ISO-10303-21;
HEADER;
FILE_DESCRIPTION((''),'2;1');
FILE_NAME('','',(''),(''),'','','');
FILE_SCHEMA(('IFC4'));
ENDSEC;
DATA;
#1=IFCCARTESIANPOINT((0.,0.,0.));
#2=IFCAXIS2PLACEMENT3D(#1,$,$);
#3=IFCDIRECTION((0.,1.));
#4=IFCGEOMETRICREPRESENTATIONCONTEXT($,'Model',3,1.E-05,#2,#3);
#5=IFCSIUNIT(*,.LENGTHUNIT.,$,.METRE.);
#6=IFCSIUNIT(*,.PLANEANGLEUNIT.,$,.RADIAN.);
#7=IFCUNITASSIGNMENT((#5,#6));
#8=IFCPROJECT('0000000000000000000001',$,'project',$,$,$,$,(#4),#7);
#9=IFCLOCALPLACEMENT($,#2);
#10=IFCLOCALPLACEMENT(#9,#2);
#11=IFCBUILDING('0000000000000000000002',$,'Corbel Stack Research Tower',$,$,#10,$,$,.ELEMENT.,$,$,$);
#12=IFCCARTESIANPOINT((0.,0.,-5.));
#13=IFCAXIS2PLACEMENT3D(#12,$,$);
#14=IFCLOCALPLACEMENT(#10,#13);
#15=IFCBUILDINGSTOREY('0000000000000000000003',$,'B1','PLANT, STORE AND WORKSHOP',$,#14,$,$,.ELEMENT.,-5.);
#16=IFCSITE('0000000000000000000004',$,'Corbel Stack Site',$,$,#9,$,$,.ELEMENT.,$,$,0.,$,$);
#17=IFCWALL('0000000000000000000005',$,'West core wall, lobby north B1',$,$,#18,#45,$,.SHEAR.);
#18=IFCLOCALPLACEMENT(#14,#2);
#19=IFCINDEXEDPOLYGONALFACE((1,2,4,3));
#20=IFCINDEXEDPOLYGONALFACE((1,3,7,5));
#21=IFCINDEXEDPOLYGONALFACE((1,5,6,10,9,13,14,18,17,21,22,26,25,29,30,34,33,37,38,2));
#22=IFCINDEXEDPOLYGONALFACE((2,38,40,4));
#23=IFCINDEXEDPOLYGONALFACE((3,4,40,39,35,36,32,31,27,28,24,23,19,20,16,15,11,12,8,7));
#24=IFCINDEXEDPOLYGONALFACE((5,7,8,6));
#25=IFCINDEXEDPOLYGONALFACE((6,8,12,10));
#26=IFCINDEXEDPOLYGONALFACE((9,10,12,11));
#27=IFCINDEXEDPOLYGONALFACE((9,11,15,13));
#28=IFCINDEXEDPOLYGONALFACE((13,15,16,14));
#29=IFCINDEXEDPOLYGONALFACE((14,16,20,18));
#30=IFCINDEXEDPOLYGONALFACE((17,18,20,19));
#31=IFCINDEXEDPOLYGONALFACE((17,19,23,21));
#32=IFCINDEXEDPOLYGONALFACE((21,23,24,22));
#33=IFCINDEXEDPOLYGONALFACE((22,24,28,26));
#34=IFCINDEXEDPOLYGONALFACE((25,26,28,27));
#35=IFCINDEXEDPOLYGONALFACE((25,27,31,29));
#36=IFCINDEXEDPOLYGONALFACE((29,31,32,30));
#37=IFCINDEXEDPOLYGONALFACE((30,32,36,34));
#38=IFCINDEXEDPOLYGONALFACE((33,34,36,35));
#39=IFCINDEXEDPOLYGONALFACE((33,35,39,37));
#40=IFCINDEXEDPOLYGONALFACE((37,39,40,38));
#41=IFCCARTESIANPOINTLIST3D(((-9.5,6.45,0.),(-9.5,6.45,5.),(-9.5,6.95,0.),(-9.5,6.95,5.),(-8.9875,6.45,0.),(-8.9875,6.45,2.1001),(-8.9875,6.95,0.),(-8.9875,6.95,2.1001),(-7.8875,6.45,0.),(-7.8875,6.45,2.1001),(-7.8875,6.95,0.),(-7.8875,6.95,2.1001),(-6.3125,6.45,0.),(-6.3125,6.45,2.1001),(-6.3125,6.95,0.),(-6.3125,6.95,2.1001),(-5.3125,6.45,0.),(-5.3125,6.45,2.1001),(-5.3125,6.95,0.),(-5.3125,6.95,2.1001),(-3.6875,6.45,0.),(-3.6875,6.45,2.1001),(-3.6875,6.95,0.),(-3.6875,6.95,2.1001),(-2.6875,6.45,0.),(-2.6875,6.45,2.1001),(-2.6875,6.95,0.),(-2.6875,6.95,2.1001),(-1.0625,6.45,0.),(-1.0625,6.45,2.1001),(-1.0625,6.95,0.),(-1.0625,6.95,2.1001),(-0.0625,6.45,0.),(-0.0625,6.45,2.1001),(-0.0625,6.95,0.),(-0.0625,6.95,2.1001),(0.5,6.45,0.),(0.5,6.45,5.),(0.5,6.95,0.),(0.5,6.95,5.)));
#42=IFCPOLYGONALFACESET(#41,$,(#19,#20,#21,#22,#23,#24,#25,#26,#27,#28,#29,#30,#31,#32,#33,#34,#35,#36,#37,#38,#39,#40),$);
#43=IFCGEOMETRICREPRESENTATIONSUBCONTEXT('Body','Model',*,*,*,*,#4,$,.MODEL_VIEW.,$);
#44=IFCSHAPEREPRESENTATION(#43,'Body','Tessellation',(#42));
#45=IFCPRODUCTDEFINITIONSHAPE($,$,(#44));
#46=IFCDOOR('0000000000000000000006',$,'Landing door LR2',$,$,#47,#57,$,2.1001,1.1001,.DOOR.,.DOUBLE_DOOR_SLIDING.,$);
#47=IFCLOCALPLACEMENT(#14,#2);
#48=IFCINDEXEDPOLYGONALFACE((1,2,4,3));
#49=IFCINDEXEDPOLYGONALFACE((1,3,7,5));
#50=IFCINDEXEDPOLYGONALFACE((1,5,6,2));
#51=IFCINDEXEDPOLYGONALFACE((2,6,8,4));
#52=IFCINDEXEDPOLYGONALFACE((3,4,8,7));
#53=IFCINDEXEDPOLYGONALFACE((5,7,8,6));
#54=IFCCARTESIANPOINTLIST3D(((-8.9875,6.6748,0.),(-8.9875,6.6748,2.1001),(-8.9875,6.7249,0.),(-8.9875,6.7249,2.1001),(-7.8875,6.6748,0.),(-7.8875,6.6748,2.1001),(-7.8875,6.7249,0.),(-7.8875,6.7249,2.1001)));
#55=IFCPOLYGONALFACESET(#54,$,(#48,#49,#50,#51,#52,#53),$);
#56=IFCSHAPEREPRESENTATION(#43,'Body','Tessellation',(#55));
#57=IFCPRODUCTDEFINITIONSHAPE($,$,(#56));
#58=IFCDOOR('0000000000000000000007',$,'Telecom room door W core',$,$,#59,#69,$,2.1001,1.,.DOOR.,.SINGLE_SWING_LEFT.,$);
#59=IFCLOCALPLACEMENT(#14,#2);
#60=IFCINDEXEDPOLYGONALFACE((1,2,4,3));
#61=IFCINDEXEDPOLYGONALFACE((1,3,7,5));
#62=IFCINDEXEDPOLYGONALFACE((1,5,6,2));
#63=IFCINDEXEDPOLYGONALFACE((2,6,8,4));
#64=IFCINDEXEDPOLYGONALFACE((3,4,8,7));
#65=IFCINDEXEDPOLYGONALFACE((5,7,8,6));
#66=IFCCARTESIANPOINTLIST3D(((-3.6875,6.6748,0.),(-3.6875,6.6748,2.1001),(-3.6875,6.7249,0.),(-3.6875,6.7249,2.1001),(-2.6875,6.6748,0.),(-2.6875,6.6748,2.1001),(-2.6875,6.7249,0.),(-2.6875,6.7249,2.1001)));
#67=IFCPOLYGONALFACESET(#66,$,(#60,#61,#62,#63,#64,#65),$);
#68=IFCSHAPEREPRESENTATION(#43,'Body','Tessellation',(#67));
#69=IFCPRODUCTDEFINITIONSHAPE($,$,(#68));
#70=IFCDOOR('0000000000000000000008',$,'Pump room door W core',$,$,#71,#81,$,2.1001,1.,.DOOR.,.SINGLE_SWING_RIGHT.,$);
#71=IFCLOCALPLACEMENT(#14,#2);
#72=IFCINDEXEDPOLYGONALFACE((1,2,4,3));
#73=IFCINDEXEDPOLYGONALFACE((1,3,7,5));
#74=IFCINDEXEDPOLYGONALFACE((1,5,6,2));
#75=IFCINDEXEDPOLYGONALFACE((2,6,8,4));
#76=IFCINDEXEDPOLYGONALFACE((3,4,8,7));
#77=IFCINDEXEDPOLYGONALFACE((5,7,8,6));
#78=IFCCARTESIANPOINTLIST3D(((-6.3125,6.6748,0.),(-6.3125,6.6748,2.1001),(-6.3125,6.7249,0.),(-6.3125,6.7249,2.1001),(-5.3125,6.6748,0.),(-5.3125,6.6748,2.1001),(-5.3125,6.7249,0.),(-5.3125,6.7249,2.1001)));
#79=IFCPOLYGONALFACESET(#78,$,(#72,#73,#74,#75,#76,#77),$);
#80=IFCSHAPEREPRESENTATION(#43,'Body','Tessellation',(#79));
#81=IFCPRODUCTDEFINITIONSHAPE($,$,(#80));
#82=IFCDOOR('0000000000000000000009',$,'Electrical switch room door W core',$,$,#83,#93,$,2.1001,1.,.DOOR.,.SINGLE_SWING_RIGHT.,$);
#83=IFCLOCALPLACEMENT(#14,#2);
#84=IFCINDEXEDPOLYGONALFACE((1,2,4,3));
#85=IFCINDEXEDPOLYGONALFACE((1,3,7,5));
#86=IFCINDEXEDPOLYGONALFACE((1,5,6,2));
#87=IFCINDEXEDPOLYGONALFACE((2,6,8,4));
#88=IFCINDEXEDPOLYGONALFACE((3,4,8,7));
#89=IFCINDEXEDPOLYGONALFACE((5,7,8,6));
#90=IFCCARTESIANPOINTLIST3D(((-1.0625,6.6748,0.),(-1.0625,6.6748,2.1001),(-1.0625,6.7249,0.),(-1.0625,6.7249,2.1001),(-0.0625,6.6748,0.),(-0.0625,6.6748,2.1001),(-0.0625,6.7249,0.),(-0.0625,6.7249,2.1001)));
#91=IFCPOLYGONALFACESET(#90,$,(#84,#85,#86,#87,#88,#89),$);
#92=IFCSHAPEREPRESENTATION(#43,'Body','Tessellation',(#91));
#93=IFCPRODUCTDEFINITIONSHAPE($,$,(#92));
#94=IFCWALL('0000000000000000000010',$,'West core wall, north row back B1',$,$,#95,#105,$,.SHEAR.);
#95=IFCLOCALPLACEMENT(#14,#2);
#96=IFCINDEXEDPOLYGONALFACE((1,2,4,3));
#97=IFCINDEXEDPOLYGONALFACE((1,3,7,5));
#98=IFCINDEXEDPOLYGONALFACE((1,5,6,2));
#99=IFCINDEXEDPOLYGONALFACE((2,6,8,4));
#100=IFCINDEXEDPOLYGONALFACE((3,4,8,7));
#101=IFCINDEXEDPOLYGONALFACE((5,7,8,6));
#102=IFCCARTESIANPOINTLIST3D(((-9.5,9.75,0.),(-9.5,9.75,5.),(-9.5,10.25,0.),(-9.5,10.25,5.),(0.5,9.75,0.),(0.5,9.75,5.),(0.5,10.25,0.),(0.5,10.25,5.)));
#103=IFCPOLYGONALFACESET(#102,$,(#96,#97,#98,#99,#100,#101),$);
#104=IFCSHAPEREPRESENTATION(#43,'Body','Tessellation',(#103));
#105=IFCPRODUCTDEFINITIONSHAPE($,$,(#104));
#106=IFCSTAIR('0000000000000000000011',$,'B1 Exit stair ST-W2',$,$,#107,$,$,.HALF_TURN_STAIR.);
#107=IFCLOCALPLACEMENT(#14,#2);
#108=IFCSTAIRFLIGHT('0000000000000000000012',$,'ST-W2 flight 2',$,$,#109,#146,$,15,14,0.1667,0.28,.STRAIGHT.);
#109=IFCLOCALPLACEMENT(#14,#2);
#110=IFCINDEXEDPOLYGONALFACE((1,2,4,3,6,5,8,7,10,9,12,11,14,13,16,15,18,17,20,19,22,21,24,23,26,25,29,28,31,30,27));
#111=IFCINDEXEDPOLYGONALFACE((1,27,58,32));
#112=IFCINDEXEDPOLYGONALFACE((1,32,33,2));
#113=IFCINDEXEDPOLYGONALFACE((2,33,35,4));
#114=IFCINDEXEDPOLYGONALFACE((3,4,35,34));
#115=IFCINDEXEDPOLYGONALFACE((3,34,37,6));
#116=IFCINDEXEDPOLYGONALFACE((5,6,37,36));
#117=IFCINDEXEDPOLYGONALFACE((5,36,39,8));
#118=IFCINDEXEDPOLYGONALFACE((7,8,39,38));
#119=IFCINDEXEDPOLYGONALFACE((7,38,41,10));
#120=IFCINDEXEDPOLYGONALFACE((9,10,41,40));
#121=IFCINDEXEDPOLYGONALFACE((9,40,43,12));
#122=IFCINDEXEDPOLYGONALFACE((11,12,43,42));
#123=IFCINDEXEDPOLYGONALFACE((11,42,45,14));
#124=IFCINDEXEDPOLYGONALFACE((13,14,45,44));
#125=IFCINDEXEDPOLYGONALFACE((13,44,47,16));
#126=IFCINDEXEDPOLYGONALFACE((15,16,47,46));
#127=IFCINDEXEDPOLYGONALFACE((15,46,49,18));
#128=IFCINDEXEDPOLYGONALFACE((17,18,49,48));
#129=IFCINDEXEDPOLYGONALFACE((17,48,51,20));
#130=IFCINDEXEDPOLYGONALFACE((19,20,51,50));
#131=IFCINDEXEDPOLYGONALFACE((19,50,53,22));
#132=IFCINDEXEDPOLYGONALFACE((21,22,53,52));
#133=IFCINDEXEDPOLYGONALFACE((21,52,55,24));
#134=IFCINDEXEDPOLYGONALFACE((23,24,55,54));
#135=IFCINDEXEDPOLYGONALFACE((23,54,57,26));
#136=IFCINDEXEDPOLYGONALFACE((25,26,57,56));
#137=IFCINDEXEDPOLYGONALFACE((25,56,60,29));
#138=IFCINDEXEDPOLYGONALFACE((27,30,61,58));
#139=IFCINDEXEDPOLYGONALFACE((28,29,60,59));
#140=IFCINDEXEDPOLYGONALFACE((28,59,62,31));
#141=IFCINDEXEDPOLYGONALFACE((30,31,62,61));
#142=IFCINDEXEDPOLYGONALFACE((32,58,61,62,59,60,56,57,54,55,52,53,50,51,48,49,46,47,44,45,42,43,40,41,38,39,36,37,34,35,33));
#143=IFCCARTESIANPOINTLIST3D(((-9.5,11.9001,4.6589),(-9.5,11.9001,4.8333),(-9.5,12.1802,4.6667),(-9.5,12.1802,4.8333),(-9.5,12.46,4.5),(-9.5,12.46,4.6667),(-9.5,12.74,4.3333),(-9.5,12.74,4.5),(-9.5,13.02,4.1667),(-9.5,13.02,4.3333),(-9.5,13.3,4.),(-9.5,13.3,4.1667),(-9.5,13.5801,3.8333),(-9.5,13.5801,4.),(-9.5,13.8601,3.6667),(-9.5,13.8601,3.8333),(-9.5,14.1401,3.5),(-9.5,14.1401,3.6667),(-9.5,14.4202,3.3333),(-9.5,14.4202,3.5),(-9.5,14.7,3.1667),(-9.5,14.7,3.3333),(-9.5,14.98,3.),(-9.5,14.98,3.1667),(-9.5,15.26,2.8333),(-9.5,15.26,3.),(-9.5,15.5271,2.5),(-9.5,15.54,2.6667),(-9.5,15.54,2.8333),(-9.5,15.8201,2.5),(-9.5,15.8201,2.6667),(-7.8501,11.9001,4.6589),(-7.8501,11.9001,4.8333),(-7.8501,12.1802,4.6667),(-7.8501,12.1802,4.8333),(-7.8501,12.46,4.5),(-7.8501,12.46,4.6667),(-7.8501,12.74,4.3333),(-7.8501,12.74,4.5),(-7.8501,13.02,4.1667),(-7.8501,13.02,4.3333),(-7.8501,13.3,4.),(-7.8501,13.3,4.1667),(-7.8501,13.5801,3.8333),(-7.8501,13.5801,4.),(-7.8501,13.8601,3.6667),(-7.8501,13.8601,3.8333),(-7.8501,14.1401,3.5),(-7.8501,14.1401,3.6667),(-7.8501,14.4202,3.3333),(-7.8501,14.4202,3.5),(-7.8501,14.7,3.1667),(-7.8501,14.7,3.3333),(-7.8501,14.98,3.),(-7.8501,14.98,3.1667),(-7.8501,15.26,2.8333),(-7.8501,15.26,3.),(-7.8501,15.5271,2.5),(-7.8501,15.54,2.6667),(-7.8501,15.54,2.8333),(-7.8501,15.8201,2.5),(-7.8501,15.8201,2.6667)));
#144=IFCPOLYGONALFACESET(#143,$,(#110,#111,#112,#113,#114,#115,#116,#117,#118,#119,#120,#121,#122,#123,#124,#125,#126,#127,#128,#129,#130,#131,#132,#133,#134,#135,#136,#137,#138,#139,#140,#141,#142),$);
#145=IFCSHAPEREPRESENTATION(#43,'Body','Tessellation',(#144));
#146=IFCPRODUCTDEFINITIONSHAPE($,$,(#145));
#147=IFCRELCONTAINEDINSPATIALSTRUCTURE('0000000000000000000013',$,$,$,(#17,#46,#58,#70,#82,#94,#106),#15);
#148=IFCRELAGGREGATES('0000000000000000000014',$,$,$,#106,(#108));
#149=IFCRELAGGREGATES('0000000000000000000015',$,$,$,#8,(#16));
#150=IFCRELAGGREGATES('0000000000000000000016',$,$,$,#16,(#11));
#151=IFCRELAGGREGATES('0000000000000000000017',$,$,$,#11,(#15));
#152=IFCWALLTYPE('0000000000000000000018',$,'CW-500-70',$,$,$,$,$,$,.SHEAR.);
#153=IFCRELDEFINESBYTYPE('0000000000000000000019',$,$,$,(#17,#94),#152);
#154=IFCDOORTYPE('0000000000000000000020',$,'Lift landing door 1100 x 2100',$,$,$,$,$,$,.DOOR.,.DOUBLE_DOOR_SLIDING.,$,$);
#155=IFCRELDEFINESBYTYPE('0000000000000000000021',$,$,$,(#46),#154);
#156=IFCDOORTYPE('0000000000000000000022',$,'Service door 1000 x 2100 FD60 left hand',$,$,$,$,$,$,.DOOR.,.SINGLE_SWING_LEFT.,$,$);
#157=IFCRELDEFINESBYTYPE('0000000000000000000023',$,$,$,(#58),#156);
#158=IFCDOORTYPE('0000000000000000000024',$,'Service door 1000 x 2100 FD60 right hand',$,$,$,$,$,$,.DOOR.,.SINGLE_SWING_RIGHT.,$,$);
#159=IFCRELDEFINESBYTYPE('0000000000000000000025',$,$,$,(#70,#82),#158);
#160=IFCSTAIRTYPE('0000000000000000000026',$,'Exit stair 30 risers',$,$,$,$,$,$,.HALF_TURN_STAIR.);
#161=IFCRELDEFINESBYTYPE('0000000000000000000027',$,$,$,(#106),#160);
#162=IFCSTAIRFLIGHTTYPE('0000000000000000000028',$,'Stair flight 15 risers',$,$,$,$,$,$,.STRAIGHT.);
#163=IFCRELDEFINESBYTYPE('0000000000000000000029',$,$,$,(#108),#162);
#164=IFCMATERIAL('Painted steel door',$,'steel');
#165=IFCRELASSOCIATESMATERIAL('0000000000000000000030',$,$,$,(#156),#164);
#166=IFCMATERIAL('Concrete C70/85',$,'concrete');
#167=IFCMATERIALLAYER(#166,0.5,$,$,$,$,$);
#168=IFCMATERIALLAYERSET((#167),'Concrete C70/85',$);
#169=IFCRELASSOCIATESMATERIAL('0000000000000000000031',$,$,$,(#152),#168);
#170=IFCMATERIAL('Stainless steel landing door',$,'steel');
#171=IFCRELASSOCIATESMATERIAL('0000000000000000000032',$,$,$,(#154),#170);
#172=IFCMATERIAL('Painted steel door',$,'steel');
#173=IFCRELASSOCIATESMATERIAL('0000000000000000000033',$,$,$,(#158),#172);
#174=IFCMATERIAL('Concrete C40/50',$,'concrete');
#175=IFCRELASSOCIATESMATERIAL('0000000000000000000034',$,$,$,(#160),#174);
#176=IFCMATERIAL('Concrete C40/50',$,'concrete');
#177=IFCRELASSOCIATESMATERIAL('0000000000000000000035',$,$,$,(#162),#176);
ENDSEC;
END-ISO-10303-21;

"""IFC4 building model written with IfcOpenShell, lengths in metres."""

from ifc_helpers import new_model, si_unit, direction, frame, frame_2d, origin, place, context, subcontext, project, spatial, polyline, rectangle, outline, extrude, material, layer, layer_set, type_object, element, fill, aggregate, save


model = new_model("IFC4")

# Units and contexts
model_context = context("Model", 3, precision=1e-05, world=origin(), true_north=direction((0.0, 1.0)))
body_context = subcontext(model_context, "Body", "Model", "MODEL_VIEW")
ifc_project = project(units=[si_unit("LENGTHUNIT", "METRE"), si_unit("PLANEANGLEUNIT", "RADIAN")], contexts=[model_context])

# Site, building, storey
site_placement = place(None, origin())
site = spatial("IfcSite", under=ifc_project, at=site_placement, Name="Corbel Stack Site", CompositionType="ELEMENT", RefElevation=0.0)
building_placement = place(site_placement, origin())
building = spatial("IfcBuilding", under=site, at=building_placement, Name="Corbel Stack Research Tower", CompositionType="ELEMENT")
storey_placement = place(building_placement, frame((0.0, 0.0, -5.0)))
storey = spatial("IfcBuildingStorey", under=building, at=storey_placement, Name="B1", Description="PLANT, STORE AND WORKSHOP", CompositionType="ELEMENT", Elevation=-5.0)

# Shared definitions
ifc_material_1 = material(Name="Painted steel door", Category="steel")
door_type_1 = type_object("IfcDoorType", Name="Service door 1000 x 2100 FD60 left hand", OperationType="SINGLE_SWING_LEFT", PredefinedType="DOOR", material=ifc_material_1)

# Wall, openings, doors
ifc_material_2 = material(Name="Concrete C70/85", Category="concrete")
ifc_layer_1 = layer(ifc_material_2, 0.5)
ifc_layer_set_1 = layer_set([ifc_layer_1], Name="Concrete C70/85")
wall_type_1 = type_object("IfcWallType", Name="CW-500-70", PredefinedType="SHEAR", material=ifc_layer_set_1)
ifc_material_3 = material(Name="Stainless steel landing door", Category="steel")
door_type_2 = type_object("IfcDoorType", Name="Lift landing door 1100 x 2100", OperationType="DOUBLE_DOOR_SLIDING", PredefinedType="DOOR", material=ifc_material_3)
wall_1_placement = place(storey_placement, frame((-9.5, 6.7, 0.0), z_axis=(0.0, 0.0, 1.0), x_axis=(1.0, 0.0, 0.0)))
wall_1 = element("IfcWall", 1, at=wall_1_placement, inside=storey, type_object=wall_type_1, Name="West core wall, lobby north B1", PredefinedType="SHEAR", context=body_context, shape_type="SweptSolid", body=[
    extrude(rectangle(XDim=10.0, YDim=0.5, at=frame_2d((5.0, 0.0))), origin(), (0.0, 0.0, 1.0), 5.0),
])
opening_1_placement = place(wall_1_placement, frame((0.5125, 0.0, 0.0)))
opening_1 = element("IfcOpeningElement", 2, at=opening_1_placement, cuts=wall_1, PredefinedType="OPENING", context=body_context, shape_type="SweptSolid", body=[
    extrude(rectangle(XDim=1.1001, YDim=2.1001, at=frame_2d((0.55, 1.05))), frame((0.0, 0.26, 0.0), z_axis=(0.0, -1.0, 0.0), x_axis=(1.0, 0.0, 0.0)), (0.0, 0.0, 1.0), 0.52),
])
opening_2_placement = place(wall_1_placement, frame((3.1875, 0.0, 0.0)))
opening_2 = element("IfcOpeningElement", 3, at=opening_2_placement, cuts=wall_1, PredefinedType="OPENING", context=body_context, shape_type="SweptSolid", body=[
    extrude(rectangle(XDim=1.0, YDim=2.1001, at=frame_2d((0.5, 1.05))), frame((0.0, 0.26, 0.0), z_axis=(0.0, -1.0, 0.0), x_axis=(1.0, 0.0, 0.0)), (0.0, 0.0, 1.0), 0.52),
])
opening_3_placement = place(wall_1_placement, frame((5.8125, 0.0, 0.0)))
opening_3 = element("IfcOpeningElement", 4, at=opening_3_placement, cuts=wall_1, PredefinedType="OPENING", context=body_context, shape_type="SweptSolid", body=[
    extrude(rectangle(XDim=1.0, YDim=2.1001, at=frame_2d((0.5, 1.05))), frame((0.0, 0.26, 0.0), z_axis=(0.0, -1.0, 0.0), x_axis=(1.0, 0.0, 0.0)), (0.0, 0.0, 1.0), 0.52),
])
opening_4_placement = place(wall_1_placement, frame((8.4375, 0.0, 0.0)))
opening_4 = element("IfcOpeningElement", 5, at=opening_4_placement, cuts=wall_1, PredefinedType="OPENING", context=body_context, shape_type="SweptSolid", body=[
    extrude(rectangle(XDim=1.0, YDim=2.1001, at=frame_2d((0.5, 1.05))), frame((0.0, 0.26, 0.0), z_axis=(0.0, -1.0, 0.0), x_axis=(1.0, 0.0, 0.0)), (0.0, 0.0, 1.0), 0.52),
])
door_1_placement = place(opening_1_placement, origin())
door_1 = element("IfcDoor", 6, at=door_1_placement, inside=storey, type_object=door_type_2, Name="Landing door LR2", OperationType="DOUBLE_DOOR_SLIDING", OverallHeight=2.1001, OverallWidth=1.1001, PredefinedType="DOOR", context=body_context, shape_type="SweptSolid", body=[
    extrude(rectangle(XDim=1.1001, YDim=2.1001, at=frame_2d((0.55, 1.05))), frame((0.0, 0.0249, 0.0), z_axis=(0.0, -1.0, 0.0), x_axis=(1.0, 0.0, 0.0)), (0.0, 0.0, 1.0), 0.05),
])
fill(opening_1, door_1)
door_2_placement = place(opening_3_placement, origin())
door_2 = element("IfcDoor", 7, at=door_2_placement, inside=storey, type_object=door_type_1, Name="Telecom room door W core", OperationType="SINGLE_SWING_LEFT", OverallHeight=2.1001, OverallWidth=1.0, PredefinedType="DOOR", context=body_context, shape_type="SweptSolid", body=[
    extrude(rectangle(XDim=1.0, YDim=2.1001, at=frame_2d((0.5, 1.05))), frame((0.0, 0.0249, 0.0), z_axis=(0.0, -1.0, 0.0), x_axis=(1.0, 0.0, 0.0)), (0.0, 0.0, 1.0), 0.05),
])
fill(opening_3, door_2)
ifc_material_4 = material(Name="Painted steel door", Category="steel")
door_type_3 = type_object("IfcDoorType", Name="Service door 1000 x 2100 FD60 right hand", OperationType="SINGLE_SWING_RIGHT", PredefinedType="DOOR", material=ifc_material_4)
door_3_placement = place(opening_2_placement, origin())
door_3 = element("IfcDoor", 8, at=door_3_placement, inside=storey, type_object=door_type_3, Name="Pump room door W core", OperationType="SINGLE_SWING_RIGHT", OverallHeight=2.1001, OverallWidth=1.0, PredefinedType="DOOR", context=body_context, shape_type="SweptSolid", body=[
    extrude(rectangle(XDim=1.0, YDim=2.1001, at=frame_2d((0.5, 1.05))), frame((0.0, 0.0249, 0.0), z_axis=(0.0, -1.0, 0.0), x_axis=(1.0, 0.0, 0.0)), (0.0, 0.0, 1.0), 0.05),
])
fill(opening_2, door_3)
door_4_placement = place(opening_4_placement, origin())
door_4 = element("IfcDoor", 9, at=door_4_placement, inside=storey, type_object=door_type_3, Name="Electrical switch room door W core", OperationType="SINGLE_SWING_RIGHT", OverallHeight=2.1001, OverallWidth=1.0, PredefinedType="DOOR", context=body_context, shape_type="SweptSolid", body=[
    extrude(rectangle(XDim=1.0, YDim=2.1001, at=frame_2d((0.5, 1.05))), frame((0.0, 0.0249, 0.0), z_axis=(0.0, -1.0, 0.0), x_axis=(1.0, 0.0, 0.0)), (0.0, 0.0, 1.0), 0.05),
])
fill(opening_4, door_4)

# Wall
wall_2_placement = place(storey_placement, frame((-9.5, 10.0, 0.0), z_axis=(0.0, 0.0, 1.0), x_axis=(1.0, 0.0, 0.0)))
element("IfcWall", 10, at=wall_2_placement, inside=storey, type_object=wall_type_1, Name="West core wall, north row back B1", PredefinedType="SHEAR", context=body_context, shape_type="SweptSolid", body=[
    extrude(rectangle(XDim=10.0, YDim=0.5, at=frame_2d((5.0, 0.0))), origin(), (0.0, 0.0, 1.0), 5.0),
])

# Stair, stair flight
ifc_material_5 = material(Name="Concrete C40/50", Category="concrete")
stair_type = type_object("IfcStairType", Name="Exit stair 30 risers", PredefinedType="HALF_TURN_STAIR", material=ifc_material_5)
stair_placement = place(storey_placement, origin())
stair = element("IfcStair", 11, at=stair_placement, inside=storey, type_object=stair_type, Name="B1 Exit stair ST-W2", PredefinedType="HALF_TURN_STAIR")
ifc_material_6 = material(Name="Concrete C40/50", Category="concrete")
stair_flight_type = type_object("IfcStairFlightType", Name="Stair flight 15 risers", PredefinedType="STRAIGHT", material=ifc_material_6)
stair_flight_placement = place(storey_placement, frame((-8.675, 15.8201, 2.5), z_axis=(0.0, 0.0, 1.0), x_axis=(0.0, -1.0, 0.0)))
stair_flight = element("IfcStairFlight", 12, at=stair_flight_placement, type_object=stair_flight_type, Name="ST-W2 flight 2", NumberOfRisers=15, NumberOfTreads=14, PredefinedType="STRAIGHT", RiserHeight=0.1667, TreadLength=0.28, context=body_context, shape_type="SweptSolid", body=[
    extrude(outline(polyline([(0.0, 0.0), (0.0, 0.1667), (0.28, 0.1667), (0.28, 0.3333), (0.5601, 0.3333), (0.5601, 0.5), (0.8401, 0.5), (0.8401, 0.6667), (1.1201, 0.6667), (1.1201, 0.8333), (1.3999, 0.8333), (1.3999, 1.0), (1.6799, 1.0), (1.6799, 1.1667), (1.96, 1.1667), (1.96, 1.3333), (2.24, 1.3333), (2.24, 1.5), (2.52, 1.5), (2.52, 1.6667), (2.8, 1.6667), (2.8, 1.8333), (3.0801, 1.8333), (3.0801, 2.0), (3.3601, 2.0), (3.3601, 2.1667), (3.6399, 2.1667), (3.6399, 2.3333), (3.9199, 2.3333), (3.9199, 2.5), (3.9199, 2.1589), (0.293, 0.0), (0.0, 0.0)])), frame((0.0, 0.825, 0.0), z_axis=(0.0, -1.0, 0.0), x_axis=(1.0, 0.0, 0.0)), (0.0, 0.0, 1.0), 1.6499),
])
aggregate(stair, [stair_flight])

save(model, "model.ifc")
